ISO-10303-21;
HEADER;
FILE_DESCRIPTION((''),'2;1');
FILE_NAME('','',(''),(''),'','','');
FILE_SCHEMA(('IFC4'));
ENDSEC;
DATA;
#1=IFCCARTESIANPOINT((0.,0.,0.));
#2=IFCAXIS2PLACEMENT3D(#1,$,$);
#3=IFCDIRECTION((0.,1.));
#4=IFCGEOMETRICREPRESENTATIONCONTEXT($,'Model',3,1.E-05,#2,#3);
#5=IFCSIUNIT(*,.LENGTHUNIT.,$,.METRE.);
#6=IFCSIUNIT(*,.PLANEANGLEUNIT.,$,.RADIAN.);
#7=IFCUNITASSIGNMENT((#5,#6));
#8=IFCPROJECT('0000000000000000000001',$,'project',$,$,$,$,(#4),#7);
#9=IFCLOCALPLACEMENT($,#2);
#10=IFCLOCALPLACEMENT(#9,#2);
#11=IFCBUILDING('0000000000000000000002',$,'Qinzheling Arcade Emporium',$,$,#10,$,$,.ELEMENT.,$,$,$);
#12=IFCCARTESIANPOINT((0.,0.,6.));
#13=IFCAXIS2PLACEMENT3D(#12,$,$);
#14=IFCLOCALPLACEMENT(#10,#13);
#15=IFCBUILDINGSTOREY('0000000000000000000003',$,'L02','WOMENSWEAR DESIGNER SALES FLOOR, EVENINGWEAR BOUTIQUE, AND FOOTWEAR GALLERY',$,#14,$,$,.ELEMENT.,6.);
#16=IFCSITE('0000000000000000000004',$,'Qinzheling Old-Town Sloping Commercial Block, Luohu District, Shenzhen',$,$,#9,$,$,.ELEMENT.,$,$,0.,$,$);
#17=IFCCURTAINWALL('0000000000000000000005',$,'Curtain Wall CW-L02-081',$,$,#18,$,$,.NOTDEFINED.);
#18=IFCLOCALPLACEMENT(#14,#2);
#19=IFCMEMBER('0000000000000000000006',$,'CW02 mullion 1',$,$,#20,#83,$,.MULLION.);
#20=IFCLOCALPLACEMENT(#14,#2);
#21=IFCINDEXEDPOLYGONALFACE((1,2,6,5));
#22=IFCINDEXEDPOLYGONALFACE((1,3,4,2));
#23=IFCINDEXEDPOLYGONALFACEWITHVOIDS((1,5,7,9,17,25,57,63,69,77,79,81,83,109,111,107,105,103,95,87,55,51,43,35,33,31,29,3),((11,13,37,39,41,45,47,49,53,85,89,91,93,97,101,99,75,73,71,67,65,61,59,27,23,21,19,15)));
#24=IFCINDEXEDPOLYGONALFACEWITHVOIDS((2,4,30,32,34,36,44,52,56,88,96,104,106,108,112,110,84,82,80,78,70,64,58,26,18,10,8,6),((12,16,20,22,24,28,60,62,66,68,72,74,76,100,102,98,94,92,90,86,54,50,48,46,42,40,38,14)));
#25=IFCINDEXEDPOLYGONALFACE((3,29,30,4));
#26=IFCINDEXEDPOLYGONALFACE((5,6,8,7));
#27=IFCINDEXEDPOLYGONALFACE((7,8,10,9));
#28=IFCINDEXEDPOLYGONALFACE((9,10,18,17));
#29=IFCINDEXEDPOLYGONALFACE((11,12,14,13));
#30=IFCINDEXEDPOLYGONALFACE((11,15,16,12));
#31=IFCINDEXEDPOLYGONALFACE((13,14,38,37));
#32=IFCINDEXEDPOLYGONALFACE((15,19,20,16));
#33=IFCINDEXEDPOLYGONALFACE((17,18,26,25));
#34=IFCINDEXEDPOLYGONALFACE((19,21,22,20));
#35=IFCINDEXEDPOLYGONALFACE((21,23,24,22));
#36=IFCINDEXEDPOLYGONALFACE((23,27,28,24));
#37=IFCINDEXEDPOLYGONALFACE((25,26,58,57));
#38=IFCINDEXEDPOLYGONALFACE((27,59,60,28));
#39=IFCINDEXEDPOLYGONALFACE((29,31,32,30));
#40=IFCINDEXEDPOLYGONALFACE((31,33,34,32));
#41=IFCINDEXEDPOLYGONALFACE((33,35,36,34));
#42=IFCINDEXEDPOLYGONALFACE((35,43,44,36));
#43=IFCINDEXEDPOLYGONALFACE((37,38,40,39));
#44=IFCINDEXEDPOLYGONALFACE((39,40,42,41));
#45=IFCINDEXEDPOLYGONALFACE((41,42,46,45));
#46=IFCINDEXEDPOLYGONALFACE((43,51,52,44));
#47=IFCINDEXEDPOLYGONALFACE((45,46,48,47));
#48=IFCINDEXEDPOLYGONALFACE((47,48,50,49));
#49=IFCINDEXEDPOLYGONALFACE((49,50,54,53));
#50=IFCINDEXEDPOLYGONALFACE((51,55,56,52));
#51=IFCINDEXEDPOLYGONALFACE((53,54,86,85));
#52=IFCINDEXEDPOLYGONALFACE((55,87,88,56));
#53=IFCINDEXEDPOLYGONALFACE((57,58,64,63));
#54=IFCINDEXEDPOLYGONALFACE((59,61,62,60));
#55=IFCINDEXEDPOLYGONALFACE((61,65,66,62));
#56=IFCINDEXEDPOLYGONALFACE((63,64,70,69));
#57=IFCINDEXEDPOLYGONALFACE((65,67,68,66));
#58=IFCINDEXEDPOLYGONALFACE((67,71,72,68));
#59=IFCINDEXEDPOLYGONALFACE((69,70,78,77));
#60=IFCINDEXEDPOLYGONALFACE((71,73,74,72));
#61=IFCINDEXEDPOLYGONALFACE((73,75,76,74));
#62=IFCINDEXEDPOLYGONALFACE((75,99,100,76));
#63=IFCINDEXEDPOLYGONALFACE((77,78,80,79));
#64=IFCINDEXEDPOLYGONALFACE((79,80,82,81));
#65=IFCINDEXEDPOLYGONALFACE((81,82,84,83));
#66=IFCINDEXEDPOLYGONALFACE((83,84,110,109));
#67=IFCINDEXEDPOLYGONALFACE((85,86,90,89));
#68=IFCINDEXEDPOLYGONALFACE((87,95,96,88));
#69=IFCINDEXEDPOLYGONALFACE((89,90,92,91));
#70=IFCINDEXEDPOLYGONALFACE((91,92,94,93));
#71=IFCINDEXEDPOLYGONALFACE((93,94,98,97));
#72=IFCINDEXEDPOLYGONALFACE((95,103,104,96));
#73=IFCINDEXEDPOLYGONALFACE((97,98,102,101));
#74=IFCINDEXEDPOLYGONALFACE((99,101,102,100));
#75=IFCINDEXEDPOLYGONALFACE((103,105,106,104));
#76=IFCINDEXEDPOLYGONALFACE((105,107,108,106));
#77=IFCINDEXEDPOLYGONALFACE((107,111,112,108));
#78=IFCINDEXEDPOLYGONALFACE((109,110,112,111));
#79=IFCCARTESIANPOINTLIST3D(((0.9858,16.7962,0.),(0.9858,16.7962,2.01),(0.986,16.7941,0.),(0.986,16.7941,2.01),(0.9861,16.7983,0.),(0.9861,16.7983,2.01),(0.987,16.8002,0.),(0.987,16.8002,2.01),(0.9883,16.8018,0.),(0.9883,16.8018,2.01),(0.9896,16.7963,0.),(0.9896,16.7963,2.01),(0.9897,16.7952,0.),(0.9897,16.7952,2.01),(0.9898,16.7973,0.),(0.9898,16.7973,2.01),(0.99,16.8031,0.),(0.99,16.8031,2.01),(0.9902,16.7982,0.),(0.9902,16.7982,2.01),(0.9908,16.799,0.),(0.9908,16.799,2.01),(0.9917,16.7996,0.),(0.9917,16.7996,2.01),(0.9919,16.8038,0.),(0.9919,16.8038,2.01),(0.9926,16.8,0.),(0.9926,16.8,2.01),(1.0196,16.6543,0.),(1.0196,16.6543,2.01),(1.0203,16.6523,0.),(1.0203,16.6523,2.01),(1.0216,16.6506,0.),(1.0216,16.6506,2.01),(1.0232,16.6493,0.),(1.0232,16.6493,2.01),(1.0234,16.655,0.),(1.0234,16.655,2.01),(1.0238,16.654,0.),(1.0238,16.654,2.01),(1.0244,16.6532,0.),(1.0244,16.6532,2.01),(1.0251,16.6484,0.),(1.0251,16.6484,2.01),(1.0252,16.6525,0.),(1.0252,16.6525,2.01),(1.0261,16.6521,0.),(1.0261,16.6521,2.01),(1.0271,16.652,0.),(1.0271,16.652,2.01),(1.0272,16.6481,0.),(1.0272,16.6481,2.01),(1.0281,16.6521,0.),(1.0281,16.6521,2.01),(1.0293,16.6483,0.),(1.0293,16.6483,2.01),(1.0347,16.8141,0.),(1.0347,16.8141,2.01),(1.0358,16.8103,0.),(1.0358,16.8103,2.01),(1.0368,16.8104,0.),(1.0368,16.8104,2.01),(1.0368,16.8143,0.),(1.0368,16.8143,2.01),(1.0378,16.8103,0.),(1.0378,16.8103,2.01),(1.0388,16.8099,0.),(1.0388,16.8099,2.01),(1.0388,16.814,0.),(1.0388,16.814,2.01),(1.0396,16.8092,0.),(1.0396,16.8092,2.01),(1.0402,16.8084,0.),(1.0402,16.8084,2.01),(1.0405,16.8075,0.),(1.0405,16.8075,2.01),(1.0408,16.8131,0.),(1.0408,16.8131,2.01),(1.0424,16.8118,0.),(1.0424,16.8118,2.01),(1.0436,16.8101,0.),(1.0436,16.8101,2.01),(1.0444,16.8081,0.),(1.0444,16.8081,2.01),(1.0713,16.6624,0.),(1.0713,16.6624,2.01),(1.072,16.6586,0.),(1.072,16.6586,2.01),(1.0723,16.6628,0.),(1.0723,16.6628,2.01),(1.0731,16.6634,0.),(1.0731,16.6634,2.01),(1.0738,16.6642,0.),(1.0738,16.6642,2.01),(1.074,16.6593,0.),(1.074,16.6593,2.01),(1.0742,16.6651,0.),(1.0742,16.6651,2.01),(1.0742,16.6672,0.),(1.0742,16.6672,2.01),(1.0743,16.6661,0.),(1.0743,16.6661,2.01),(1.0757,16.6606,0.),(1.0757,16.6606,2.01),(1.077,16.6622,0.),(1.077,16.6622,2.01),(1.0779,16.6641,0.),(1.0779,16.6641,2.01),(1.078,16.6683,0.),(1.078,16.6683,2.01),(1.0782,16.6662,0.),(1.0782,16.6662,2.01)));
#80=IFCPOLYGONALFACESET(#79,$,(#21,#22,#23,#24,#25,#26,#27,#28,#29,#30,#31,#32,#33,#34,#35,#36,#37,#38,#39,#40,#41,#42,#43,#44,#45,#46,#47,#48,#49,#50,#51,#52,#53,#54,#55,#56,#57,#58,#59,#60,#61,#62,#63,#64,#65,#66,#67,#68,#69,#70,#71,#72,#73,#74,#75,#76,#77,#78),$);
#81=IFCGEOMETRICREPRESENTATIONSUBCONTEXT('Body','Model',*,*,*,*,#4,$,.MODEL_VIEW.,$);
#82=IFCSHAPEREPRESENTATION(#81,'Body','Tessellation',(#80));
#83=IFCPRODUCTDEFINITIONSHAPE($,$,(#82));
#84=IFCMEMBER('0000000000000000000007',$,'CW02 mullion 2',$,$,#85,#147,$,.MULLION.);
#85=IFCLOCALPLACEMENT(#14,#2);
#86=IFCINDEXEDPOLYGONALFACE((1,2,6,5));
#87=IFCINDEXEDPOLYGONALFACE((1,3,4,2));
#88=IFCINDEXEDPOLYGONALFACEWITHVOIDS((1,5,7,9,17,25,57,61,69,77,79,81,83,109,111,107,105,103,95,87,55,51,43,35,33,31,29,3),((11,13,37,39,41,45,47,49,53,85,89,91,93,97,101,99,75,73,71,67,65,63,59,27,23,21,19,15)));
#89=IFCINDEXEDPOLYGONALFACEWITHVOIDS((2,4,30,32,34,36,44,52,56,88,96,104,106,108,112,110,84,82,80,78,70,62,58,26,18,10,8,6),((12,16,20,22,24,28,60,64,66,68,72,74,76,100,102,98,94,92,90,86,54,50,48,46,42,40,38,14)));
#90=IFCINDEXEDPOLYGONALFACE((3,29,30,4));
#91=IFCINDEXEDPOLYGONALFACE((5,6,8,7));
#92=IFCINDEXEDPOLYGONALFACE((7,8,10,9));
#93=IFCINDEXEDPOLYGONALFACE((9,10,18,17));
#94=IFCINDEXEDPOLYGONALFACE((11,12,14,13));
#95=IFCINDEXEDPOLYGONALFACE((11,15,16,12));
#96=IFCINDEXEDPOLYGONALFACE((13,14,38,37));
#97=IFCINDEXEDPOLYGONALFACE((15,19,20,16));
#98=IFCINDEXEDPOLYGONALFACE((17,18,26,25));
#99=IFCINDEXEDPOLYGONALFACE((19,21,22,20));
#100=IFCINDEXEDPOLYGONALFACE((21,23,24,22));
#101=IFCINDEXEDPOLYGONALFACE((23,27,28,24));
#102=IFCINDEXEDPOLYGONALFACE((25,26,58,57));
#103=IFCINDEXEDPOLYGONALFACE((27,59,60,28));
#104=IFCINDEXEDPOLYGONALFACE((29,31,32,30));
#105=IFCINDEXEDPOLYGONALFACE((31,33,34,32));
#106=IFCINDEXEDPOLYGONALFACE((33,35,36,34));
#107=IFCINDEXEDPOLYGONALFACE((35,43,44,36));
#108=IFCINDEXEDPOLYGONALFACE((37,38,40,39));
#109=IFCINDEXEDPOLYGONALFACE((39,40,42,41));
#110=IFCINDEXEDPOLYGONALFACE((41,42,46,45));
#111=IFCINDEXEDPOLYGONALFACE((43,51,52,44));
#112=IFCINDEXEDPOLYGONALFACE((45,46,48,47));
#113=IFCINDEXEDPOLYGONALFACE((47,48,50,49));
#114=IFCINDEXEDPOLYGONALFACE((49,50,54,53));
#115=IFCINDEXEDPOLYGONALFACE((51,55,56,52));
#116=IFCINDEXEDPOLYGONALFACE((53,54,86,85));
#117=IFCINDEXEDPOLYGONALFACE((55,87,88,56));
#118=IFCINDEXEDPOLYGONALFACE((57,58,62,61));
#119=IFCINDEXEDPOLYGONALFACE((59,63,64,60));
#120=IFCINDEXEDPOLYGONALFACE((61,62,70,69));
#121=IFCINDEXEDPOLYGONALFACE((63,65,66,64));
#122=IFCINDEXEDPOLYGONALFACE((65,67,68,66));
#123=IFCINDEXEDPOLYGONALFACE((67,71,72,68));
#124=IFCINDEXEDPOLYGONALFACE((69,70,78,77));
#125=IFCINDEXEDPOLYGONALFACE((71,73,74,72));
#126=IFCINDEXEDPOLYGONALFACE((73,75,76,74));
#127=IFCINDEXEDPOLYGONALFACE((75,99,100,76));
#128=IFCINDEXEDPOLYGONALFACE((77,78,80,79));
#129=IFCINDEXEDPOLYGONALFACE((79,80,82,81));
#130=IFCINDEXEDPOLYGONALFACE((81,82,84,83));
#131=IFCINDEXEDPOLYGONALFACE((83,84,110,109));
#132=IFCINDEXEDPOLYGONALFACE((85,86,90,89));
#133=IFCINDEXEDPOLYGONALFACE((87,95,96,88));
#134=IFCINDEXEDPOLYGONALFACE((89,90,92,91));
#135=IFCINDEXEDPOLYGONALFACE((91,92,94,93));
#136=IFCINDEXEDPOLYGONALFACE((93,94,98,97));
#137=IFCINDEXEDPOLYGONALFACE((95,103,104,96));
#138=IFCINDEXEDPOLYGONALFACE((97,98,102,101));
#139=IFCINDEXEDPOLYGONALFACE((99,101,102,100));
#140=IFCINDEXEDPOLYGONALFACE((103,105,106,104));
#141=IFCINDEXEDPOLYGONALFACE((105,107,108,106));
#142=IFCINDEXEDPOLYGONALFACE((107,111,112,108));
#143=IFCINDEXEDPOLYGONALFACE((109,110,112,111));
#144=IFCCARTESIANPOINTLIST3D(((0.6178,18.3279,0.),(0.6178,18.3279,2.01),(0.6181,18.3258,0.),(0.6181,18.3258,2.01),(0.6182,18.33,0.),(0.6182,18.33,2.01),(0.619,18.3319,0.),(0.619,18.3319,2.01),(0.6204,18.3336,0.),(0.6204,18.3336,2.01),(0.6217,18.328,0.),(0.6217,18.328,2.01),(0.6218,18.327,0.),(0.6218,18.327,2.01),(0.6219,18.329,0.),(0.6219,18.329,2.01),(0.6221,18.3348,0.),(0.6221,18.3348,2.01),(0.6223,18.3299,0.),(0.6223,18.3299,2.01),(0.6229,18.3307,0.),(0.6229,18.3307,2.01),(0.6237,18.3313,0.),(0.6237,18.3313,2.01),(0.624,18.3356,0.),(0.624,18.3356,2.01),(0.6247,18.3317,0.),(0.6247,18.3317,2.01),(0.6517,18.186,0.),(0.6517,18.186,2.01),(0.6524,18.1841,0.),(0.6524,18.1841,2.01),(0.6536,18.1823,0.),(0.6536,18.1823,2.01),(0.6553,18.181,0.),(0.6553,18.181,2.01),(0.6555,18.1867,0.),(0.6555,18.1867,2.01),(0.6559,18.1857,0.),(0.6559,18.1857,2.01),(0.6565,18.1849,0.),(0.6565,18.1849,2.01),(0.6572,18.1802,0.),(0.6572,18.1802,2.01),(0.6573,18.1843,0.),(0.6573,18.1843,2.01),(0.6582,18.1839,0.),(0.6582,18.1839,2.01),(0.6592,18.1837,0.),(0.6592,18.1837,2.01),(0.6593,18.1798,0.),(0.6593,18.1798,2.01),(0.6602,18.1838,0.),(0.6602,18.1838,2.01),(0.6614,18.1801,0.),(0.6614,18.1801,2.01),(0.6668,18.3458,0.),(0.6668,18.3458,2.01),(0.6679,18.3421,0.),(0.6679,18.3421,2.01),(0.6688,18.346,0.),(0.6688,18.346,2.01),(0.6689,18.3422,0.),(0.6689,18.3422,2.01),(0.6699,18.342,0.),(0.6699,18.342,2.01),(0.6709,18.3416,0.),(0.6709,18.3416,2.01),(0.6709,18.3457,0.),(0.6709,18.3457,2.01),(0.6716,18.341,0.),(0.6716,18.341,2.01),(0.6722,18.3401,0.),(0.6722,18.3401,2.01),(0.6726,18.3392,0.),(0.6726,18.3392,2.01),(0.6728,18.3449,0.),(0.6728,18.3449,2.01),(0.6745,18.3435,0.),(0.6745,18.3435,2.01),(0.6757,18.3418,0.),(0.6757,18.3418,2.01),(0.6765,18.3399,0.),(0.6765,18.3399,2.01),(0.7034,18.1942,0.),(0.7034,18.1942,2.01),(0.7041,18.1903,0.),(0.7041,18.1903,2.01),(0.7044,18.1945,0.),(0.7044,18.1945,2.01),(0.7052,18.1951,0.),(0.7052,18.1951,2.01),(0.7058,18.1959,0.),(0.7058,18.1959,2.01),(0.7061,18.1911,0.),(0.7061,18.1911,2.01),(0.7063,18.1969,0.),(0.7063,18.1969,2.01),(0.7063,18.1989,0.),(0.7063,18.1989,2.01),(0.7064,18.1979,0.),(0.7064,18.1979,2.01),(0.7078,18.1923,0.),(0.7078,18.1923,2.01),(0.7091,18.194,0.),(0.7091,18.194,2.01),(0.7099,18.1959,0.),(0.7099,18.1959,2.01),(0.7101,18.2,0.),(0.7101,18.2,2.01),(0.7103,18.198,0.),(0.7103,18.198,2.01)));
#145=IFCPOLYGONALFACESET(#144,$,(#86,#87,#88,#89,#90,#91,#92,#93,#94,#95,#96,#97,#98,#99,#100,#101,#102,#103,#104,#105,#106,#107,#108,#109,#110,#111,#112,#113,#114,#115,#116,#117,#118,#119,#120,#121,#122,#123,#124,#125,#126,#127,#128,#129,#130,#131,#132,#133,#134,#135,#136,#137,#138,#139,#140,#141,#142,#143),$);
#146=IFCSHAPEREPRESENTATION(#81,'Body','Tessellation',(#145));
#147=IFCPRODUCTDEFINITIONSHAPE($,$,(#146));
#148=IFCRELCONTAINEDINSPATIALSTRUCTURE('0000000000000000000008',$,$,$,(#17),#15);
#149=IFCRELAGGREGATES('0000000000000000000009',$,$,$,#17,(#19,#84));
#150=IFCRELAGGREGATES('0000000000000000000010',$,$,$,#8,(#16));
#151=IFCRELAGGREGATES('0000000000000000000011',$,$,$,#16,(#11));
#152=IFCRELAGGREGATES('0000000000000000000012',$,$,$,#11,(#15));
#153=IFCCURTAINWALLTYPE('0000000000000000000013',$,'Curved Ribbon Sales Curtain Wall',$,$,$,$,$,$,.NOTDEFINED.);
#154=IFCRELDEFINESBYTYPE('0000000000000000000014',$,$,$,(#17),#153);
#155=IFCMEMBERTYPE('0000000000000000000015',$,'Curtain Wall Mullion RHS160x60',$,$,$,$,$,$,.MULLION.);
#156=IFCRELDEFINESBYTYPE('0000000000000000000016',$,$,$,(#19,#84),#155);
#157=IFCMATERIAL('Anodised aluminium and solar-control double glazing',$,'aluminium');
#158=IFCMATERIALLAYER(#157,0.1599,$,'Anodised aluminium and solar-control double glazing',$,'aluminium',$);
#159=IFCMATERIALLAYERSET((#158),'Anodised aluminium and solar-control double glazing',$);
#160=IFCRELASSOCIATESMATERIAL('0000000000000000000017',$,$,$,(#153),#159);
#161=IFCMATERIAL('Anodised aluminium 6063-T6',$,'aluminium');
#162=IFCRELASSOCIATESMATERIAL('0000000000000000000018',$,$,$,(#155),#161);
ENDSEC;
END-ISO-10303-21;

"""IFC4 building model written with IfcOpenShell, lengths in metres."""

from ifc_helpers import new_model, si_unit, direction, frame, origin, origin_2d, place, context, subcontext, project, spatial, hollow_rectangle, extrude, material, layer, layer_set, material_profile, profile_set, type_object, element, aggregate, save


model = new_model("IFC4")

# Units and contexts
model_context = context("Model", 3, precision=1e-05, world=origin(), true_north=direction((0.0, 1.0)))
body_context = subcontext(model_context, "Body", "Model", "MODEL_VIEW")
ifc_project = project(units=[si_unit("LENGTHUNIT", "METRE"), si_unit("PLANEANGLEUNIT", "RADIAN")], contexts=[model_context])

# Site, building, storey
site_placement = place(None, origin())
site = spatial("IfcSite", under=ifc_project, at=site_placement, Name="Qinzheling Old-Town Sloping Commercial Block, Luohu District, Shenzhen", CompositionType="ELEMENT", RefElevation=0.0)
building_placement = place(site_placement, origin())
building = spatial("IfcBuilding", under=site, at=building_placement, Name="Qinzheling Arcade Emporium", CompositionType="ELEMENT")
storey_placement = place(building_placement, frame((0.0, 0.0, 6.0)))
storey = spatial("IfcBuildingStorey", under=building, at=storey_placement, Name="L02", Description="WOMENSWEAR DESIGNER SALES FLOOR, EVENINGWEAR BOUTIQUE, AND FOOTWEAR GALLERY", CompositionType="ELEMENT", Elevation=6.0)

# Curtain wall, members
ifc_material_1 = material(Name="Anodised aluminium and solar-control double glazing", Category="aluminium")
ifc_layer_1 = layer(ifc_material_1, 0.1599, Name="Anodised aluminium and solar-control double glazing", Category="aluminium")
ifc_layer_set_1 = layer_set([ifc_layer_1], Name="Anodised aluminium and solar-control double glazing")
curtain_wall_type = type_object("IfcCurtainWallType", Name="Curved Ribbon Sales Curtain Wall", PredefinedType="NOTDEFINED", material=ifc_layer_set_1)
curtain_wall_placement = place(storey_placement, origin())
curtain_wall = element("IfcCurtainWall", 1, at=curtain_wall_placement, inside=storey, type_object=curtain_wall_type, Name="Curtain Wall CW-L02-081", PredefinedType="NOTDEFINED")
ifc_material_2 = material(Name="Anodised aluminium 6063-T6", Category="aluminium")
ifc_material_profile_1 = material_profile(ifc_material_2, hollow_rectangle(XDim=0.0601, YDim=0.1599, WallThickness=0.0039, InnerFilletRadius=0.0039, OuterFilletRadius=0.0081, at=origin_2d()), Name="RHS 160x60x4", Category="aluminium")
ifc_profile_set_1 = profile_set([ifc_material_profile_1], Name="Anodised aluminium 6063-T6")
member_type_1 = type_object("IfcMemberType", Name="Curtain Wall Mullion RHS160x60", PredefinedType="MULLION", material=ifc_profile_set_1)
member_1_placement = place(storey_placement, frame((1.032, 16.7312, 0.0), z_axis=(0.0, 0.0, 1.0), x_axis=(-0.972336, -0.233585, 0.0)))
member_1 = element("IfcMember", 2, at=member_1_placement, type_object=member_type_1, Name="CW02 mullion 1", PredefinedType="MULLION", context=body_context, shape_type="SweptSolid", body=[
    extrude(hollow_rectangle(XDim=0.0601, YDim=0.1599, WallThickness=0.0039, InnerFilletRadius=0.0039, OuterFilletRadius=0.0081, at=origin_2d()), origin(), (0.0, 0.0, 1.0), 2.01),
])
member_2_placement = place(storey_placement, frame((0.6641, 18.2629, 0.0), z_axis=(0.0, 0.0, 1.0), x_axis=(-0.972336, -0.233585, 0.0)))
member_2 = element("IfcMember", 3, at=member_2_placement, type_object=member_type_1, Name="CW02 mullion 2", PredefinedType="MULLION", context=body_context, shape_type="SweptSolid", body=[
    extrude(hollow_rectangle(XDim=0.0601, YDim=0.1599, WallThickness=0.0039, InnerFilletRadius=0.0039, OuterFilletRadius=0.0081, at=origin_2d()), origin(), (0.0, 0.0, 1.0), 2.01),
])

aggregate(curtain_wall, [member_1, member_2])

save(model, "model.ifc")
